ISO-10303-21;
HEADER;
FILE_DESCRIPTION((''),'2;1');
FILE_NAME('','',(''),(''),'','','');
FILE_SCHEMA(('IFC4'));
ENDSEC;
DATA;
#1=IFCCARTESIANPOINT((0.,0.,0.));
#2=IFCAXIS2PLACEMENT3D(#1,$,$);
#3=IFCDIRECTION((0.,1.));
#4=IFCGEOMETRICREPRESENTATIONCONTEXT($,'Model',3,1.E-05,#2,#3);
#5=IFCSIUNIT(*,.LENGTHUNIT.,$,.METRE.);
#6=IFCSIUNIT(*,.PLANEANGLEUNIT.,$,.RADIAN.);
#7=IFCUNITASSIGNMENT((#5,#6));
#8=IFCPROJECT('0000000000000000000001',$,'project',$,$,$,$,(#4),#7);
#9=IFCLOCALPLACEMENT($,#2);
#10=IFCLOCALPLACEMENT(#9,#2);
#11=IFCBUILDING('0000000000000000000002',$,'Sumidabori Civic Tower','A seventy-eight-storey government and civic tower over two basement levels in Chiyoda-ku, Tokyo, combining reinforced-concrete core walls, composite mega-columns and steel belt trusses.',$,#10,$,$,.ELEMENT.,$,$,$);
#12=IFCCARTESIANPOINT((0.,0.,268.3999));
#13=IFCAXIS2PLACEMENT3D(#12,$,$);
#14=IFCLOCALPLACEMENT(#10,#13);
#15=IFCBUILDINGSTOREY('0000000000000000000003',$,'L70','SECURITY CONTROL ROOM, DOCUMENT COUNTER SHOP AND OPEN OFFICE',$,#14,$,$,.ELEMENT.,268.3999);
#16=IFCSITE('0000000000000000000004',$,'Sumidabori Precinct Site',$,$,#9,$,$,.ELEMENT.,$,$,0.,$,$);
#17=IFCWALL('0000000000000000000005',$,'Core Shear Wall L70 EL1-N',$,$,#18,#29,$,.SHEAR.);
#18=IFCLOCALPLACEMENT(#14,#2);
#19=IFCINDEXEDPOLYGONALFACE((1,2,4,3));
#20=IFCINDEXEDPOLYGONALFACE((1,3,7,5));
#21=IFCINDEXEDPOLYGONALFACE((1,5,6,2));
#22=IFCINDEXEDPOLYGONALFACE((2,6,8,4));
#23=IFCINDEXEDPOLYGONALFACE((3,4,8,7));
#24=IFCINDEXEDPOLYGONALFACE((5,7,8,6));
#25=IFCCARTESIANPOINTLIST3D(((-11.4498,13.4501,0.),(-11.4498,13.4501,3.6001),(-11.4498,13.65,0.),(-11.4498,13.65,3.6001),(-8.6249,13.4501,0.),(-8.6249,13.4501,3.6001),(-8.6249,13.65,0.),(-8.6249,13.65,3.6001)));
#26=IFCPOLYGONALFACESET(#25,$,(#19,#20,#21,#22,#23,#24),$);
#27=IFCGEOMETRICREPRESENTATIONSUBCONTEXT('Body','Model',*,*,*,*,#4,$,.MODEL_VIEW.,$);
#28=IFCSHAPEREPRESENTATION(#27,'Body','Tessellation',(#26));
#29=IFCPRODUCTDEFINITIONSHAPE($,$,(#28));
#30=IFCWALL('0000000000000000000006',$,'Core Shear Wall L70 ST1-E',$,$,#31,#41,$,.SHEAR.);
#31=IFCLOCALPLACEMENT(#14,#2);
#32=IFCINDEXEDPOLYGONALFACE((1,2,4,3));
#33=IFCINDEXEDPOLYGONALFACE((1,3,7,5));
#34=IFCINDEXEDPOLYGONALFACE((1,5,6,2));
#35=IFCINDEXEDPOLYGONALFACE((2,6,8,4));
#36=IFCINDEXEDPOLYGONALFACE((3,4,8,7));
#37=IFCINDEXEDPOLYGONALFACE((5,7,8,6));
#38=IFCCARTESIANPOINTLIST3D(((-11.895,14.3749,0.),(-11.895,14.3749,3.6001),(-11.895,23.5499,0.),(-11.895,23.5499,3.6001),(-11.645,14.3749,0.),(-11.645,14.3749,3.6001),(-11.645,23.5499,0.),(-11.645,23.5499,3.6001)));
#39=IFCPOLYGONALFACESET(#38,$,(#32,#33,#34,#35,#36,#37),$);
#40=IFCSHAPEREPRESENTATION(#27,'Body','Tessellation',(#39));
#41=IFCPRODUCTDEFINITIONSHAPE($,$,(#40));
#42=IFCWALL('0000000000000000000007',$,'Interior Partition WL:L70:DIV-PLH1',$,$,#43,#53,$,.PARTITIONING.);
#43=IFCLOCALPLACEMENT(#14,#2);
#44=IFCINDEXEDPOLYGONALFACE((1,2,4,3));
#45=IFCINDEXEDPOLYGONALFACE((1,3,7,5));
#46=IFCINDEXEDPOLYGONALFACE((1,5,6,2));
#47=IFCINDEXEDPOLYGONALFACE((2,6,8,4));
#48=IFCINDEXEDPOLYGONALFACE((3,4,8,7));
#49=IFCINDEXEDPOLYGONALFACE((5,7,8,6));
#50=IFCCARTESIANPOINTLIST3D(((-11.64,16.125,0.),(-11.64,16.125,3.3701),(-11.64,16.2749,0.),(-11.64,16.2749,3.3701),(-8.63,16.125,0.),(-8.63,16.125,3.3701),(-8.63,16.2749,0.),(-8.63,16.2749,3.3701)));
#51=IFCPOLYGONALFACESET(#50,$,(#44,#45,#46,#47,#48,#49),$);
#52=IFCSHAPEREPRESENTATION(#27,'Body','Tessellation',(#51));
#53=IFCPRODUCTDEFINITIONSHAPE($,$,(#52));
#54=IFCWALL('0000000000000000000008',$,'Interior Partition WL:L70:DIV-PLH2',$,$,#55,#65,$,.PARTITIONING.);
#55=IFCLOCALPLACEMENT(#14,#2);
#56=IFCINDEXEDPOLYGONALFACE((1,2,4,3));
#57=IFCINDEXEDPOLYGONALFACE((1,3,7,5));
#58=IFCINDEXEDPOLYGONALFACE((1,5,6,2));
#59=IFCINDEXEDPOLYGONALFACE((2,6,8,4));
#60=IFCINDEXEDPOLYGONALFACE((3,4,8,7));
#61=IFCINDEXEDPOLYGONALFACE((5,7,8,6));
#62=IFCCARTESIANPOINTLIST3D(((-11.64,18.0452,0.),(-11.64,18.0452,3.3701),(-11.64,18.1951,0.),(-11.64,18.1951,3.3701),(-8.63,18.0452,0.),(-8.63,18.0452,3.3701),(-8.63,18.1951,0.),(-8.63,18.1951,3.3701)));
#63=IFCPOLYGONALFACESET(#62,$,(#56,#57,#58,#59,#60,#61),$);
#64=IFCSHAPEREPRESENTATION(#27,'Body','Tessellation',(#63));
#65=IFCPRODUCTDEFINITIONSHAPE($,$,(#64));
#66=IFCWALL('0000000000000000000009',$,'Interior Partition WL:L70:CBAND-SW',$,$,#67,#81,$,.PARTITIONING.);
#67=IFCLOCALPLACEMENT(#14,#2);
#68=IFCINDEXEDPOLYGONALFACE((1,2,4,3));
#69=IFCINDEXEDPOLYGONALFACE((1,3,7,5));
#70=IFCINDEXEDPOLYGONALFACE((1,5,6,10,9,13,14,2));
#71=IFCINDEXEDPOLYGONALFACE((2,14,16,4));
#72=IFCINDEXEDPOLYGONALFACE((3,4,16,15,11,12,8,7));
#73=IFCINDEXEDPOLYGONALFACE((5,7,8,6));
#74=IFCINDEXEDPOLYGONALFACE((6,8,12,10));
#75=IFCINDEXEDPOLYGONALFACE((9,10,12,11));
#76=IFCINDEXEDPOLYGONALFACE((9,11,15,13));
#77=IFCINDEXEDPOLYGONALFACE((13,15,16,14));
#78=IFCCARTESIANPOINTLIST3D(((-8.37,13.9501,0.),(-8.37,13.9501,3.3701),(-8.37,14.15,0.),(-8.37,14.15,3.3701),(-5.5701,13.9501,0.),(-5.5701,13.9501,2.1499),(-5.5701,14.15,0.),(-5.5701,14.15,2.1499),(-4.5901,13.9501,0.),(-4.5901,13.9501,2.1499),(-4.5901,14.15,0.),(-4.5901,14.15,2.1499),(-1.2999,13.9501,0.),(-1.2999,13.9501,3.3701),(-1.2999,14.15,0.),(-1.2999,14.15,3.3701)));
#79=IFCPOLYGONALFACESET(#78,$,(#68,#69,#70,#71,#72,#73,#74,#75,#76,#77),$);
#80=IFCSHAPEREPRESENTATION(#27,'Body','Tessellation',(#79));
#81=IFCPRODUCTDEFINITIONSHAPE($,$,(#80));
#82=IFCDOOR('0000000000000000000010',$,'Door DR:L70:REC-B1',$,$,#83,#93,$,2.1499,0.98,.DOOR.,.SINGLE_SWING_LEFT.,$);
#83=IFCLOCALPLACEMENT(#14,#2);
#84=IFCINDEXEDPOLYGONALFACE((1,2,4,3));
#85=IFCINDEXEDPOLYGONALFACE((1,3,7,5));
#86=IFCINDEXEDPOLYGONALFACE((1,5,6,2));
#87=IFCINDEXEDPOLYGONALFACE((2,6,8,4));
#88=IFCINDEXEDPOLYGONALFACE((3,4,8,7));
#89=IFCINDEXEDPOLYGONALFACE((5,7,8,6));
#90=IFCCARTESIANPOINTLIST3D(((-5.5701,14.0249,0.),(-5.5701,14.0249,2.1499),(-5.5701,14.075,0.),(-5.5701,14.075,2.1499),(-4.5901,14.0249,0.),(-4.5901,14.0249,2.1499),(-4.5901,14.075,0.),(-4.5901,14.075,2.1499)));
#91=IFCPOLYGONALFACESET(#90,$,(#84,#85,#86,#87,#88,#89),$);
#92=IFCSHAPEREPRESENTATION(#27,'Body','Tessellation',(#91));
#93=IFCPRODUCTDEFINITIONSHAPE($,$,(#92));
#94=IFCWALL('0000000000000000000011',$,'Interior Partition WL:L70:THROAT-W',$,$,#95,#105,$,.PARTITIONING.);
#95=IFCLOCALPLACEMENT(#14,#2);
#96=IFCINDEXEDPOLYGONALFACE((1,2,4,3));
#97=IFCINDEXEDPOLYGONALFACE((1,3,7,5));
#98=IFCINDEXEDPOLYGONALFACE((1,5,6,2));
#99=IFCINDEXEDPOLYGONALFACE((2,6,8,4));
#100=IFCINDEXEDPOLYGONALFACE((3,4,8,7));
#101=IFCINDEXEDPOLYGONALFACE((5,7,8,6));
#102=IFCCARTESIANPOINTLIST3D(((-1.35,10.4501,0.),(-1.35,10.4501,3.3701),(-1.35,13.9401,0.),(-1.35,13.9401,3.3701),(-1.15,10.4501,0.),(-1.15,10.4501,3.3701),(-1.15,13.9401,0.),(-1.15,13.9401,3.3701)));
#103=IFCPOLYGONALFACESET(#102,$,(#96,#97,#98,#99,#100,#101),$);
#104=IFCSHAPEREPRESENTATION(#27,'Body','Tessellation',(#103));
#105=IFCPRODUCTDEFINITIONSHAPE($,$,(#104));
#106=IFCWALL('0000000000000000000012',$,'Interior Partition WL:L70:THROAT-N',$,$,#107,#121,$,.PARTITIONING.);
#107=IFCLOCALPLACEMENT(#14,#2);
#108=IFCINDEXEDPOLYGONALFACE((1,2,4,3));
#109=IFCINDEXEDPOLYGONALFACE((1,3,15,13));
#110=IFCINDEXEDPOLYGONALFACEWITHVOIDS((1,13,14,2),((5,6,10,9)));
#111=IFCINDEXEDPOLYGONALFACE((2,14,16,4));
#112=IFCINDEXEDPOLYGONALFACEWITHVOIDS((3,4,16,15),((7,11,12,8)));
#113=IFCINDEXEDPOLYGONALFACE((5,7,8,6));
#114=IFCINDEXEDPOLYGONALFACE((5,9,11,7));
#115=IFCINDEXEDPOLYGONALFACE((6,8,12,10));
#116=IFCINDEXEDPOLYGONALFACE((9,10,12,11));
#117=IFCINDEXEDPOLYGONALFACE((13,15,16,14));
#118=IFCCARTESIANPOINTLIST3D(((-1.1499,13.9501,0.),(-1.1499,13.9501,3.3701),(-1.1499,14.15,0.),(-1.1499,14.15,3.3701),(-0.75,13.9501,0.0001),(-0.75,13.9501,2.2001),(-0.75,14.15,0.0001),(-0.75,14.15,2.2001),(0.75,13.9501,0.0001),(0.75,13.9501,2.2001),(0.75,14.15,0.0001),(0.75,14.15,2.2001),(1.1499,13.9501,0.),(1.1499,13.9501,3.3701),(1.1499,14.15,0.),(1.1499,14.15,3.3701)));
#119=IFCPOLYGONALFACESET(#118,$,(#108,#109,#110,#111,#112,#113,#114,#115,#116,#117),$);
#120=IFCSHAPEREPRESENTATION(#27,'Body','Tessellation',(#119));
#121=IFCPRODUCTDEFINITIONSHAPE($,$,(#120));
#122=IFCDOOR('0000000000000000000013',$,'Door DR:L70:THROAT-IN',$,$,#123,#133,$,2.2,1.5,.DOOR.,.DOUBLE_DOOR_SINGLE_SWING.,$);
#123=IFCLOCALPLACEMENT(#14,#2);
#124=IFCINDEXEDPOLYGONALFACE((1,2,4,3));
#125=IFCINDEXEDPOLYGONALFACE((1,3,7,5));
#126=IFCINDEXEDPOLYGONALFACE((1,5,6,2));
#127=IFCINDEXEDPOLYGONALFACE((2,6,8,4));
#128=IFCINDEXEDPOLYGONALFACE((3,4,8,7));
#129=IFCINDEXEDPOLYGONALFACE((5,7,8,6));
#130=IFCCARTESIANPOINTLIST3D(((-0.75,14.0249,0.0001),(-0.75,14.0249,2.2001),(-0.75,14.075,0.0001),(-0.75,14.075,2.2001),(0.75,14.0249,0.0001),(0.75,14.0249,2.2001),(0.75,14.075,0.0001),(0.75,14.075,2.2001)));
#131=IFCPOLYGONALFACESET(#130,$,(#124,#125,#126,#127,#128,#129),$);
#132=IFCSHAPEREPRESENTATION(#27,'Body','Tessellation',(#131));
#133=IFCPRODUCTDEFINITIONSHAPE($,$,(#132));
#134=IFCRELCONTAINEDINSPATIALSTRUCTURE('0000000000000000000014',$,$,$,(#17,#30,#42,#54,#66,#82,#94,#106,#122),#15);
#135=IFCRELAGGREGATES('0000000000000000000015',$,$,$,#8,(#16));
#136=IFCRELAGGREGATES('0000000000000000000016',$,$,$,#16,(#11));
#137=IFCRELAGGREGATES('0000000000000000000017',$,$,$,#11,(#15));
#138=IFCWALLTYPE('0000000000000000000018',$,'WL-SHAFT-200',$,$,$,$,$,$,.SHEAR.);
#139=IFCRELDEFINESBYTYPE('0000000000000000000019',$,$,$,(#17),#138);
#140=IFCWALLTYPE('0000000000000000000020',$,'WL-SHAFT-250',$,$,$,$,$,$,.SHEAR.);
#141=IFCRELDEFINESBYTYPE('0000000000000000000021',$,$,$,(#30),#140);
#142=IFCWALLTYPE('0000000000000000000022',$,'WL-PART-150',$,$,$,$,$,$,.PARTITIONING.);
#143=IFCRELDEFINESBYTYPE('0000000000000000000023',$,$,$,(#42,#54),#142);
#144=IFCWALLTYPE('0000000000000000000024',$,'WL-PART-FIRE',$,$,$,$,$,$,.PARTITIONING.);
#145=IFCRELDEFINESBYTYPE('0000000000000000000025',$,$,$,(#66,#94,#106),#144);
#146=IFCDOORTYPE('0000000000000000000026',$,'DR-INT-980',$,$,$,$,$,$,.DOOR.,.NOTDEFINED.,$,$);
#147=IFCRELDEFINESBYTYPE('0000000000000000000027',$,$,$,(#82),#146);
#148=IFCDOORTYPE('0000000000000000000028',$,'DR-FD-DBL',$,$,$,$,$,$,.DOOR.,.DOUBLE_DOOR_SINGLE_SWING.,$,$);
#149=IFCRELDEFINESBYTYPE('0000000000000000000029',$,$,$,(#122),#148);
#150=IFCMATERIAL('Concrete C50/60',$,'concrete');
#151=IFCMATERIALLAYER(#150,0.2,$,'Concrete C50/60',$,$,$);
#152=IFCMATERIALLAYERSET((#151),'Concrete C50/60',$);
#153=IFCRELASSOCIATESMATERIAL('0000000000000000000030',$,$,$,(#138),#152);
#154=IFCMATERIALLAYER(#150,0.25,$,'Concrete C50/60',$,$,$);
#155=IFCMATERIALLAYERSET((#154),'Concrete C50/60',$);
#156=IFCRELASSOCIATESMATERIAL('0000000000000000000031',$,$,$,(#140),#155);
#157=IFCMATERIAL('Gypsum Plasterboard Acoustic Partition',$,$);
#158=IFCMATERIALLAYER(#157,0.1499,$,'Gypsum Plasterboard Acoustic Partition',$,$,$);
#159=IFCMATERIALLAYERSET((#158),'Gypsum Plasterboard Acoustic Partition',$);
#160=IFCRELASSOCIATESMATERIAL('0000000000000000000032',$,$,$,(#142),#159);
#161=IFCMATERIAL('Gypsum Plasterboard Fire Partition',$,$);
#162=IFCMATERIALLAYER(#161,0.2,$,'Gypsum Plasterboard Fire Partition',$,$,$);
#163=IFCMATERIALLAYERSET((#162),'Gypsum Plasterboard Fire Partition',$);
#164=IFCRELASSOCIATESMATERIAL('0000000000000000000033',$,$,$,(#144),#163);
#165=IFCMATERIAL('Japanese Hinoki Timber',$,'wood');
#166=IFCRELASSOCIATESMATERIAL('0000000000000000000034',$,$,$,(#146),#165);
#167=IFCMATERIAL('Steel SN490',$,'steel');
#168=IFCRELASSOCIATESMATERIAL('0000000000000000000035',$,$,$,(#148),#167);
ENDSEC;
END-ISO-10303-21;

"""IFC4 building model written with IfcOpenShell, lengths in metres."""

from ifc_helpers import new_model, si_unit, direction, frame, frame_2d, origin, place, context, subcontext, project, spatial, rectangle, extrude, source, transform, mapped, material, layer, layer_set, type_object, element, fill, save


model = new_model("IFC4")

# Units and contexts
model_context = context("Model", 3, precision=1e-05, world=origin(), true_north=direction((0.0, 1.0)))
body_context = subcontext(model_context, "Body", "Model", "MODEL_VIEW")
ifc_project = project(units=[si_unit("LENGTHUNIT", "METRE"), si_unit("PLANEANGLEUNIT", "RADIAN")], contexts=[model_context])

# Site, building, storey
site_placement = place(None, origin())
site = spatial("IfcSite", under=ifc_project, at=site_placement, Name="Sumidabori Precinct Site", CompositionType="ELEMENT", RefElevation=0.0)
building_placement = place(site_placement, origin())
building = spatial("IfcBuilding", under=site, at=building_placement, Name="Sumidabori Civic Tower", Description="A seventy-eight-storey government and civic tower over two basement levels in Chiyoda-ku, Tokyo, combining reinforced-concrete core walls, composite mega-columns and steel belt trusses.", CompositionType="ELEMENT")
storey_placement = place(building_placement, frame((0.0, 0.0, 268.3999)))
storey = spatial("IfcBuildingStorey", under=building, at=storey_placement, Name="L70", Description="SECURITY CONTROL ROOM, DOCUMENT COUNTER SHOP AND OPEN OFFICE", CompositionType="ELEMENT", Elevation=268.3999)

# Wall
ifc_material_1 = material(Name="Concrete C50/60", Category="concrete")
ifc_layer_1 = layer(ifc_material_1, 0.2, Name="Concrete C50/60")
ifc_layer_set_1 = layer_set([ifc_layer_1], Name="Concrete C50/60")
wall_type_1 = type_object("IfcWallType", Name="WL-SHAFT-200", PredefinedType="SHEAR", material=ifc_layer_set_1)
shared_shape_1 = source(origin(), body_context, "Body", "SweptSolid", [
    extrude(rectangle(XDim=2.825, YDim=0.2, at=frame_2d((1.4126, 0.0))), origin(), (0.0, 0.0, 1.0), 3.6001),
])
wall_1_placement = place(storey_placement, frame((-11.45, 13.55, 0.0), z_axis=(0.0, 0.0, 1.0), x_axis=(1.0, 0.0, 0.0)))
element("IfcWall", 1, at=wall_1_placement, inside=storey, type_object=wall_type_1, Name="Core Shear Wall L70 EL1-N", PredefinedType="SHEAR", context=body_context, shape_type="MappedRepresentation", body=[
    mapped(shared_shape_1, transform((0.0, 0.0, 0.0), x_axis=(1.0, 0.0, 0.0), y_axis=(0.0, 1.0, 0.0), z_axis=(0.0, 0.0, 1.0), scale=1.0)),
])

# Shared definitions
ifc_layer_2 = layer(ifc_material_1, 0.25, Name="Concrete C50/60")
ifc_layer_set_2 = layer_set([ifc_layer_2], Name="Concrete C50/60")
wall_type_2 = type_object("IfcWallType", Name="WL-SHAFT-250", PredefinedType="SHEAR", material=ifc_layer_set_2)

# Wall
shared_shape_2 = source(origin(), body_context, "Body", "SweptSolid", [
    extrude(rectangle(XDim=9.175, YDim=0.25, at=frame_2d((4.5874, 0.0))), origin(), (0.0, 0.0, 1.0), 3.6001),
])
wall_2_placement = place(storey_placement, frame((-11.77, 14.375, 0.0), z_axis=(0.0, 0.0, 1.0), x_axis=(0.0, 1.0, 0.0)))
element("IfcWall", 2, at=wall_2_placement, inside=storey, type_object=wall_type_2, Name="Core Shear Wall L70 ST1-E", PredefinedType="SHEAR", context=body_context, shape_type="MappedRepresentation", body=[
    mapped(shared_shape_2, transform((0.0, 0.0, 0.0), x_axis=(1.0, 0.0, 0.0), y_axis=(0.0, 1.0, 0.0), z_axis=(0.0, 0.0, 1.0), scale=1.0)),
])

# Walls
ifc_material_2 = material(Name="Gypsum Plasterboard Acoustic Partition")
ifc_layer_3 = layer(ifc_material_2, 0.1499, Name="Gypsum Plasterboard Acoustic Partition")
ifc_layer_set_3 = layer_set([ifc_layer_3], Name="Gypsum Plasterboard Acoustic Partition")
wall_type_3 = type_object("IfcWallType", Name="WL-PART-150", PredefinedType="PARTITIONING", material=ifc_layer_set_3)
shared_shape_3 = source(origin(), body_context, "Body", "SweptSolid", [
    extrude(rectangle(XDim=3.01, YDim=0.1499, at=frame_2d((1.5049, 0.0))), origin(), (0.0, 0.0, 1.0), 3.3701),
])
for number, where, z_axis, x_axis, name in (
    (3, (-11.6399, 16.2, 0.0), (0.0, 0.0, 1.0), (1.0, 0.0, 0.0), "Interior Partition WL:L70:DIV-PLH1"),
    (4, (-11.6399, 18.1201, 0.0), (0.0, 0.0, 1.0), (1.0, 0.0, 0.0), "Interior Partition WL:L70:DIV-PLH2"),
):
    element("IfcWall", number, at=place(storey_placement, frame(where, z_axis=z_axis, x_axis=x_axis)), inside=storey, type_object=wall_type_3, Name=name, PredefinedType="PARTITIONING", context=body_context, shape_type="MappedRepresentation", body=[
        mapped(shared_shape_3, transform((0.0, 0.0, 0.0), x_axis=(1.0, 0.0, 0.0), y_axis=(0.0, 1.0, 0.0), z_axis=(0.0, 0.0, 1.0), scale=1.0)),
    ])

# Wall, opening, door
ifc_material_3 = material(Name="Gypsum Plasterboard Fire Partition")
ifc_layer_4 = layer(ifc_material_3, 0.2, Name="Gypsum Plasterboard Fire Partition")
ifc_layer_set_4 = layer_set([ifc_layer_4], Name="Gypsum Plasterboard Fire Partition")
wall_type_4 = type_object("IfcWallType", Name="WL-PART-FIRE", PredefinedType="PARTITIONING", material=ifc_layer_set_4)
shared_shape_4 = source(origin(), body_context, "Body", "SweptSolid", [
    extrude(rectangle(XDim=7.0701, YDim=0.2, at=frame_2d((3.5352, 0.0))), origin(), (0.0, 0.0, 1.0), 3.3701),
])
wall_3_placement = place(storey_placement, frame((-8.3701, 14.05, 0.0), z_axis=(0.0, 0.0, 1.0), x_axis=(1.0, 0.0, 0.0)))
wall_3 = element("IfcWall", 5, at=wall_3_placement, inside=storey, type_object=wall_type_4, Name="Interior Partition WL:L70:CBAND-SW", PredefinedType="PARTITIONING", context=body_context, shape_type="MappedRepresentation", body=[
    mapped(shared_shape_4, transform((0.0, 0.0, 0.0), x_axis=(1.0, 0.0, 0.0), y_axis=(0.0, 1.0, 0.0), z_axis=(0.0, 0.0, 1.0), scale=1.0)),
])
opening_1_placement = place(wall_3_placement, frame((2.8, 0.0, 0.0)))
opening_1 = element("IfcOpeningElement", 6, at=opening_1_placement, cuts=wall_3, PredefinedType="OPENING", context=body_context, shape_type="SweptSolid", body=[
    extrude(rectangle(XDim=0.98, YDim=2.1499, at=frame_2d((0.49, 1.075))), frame((0.0, 0.1118, 0.0), z_axis=(0.0, -1.0, 0.0), x_axis=(1.0, 0.0, 0.0)), (0.0, 0.0, 1.0), 0.2239),
])
ifc_material_4 = material(Name="Japanese Hinoki Timber", Category="wood")
door_type_1 = type_object("IfcDoorType", Name="DR-INT-980", OperationType="NOTDEFINED", PredefinedType="DOOR", material=ifc_material_4)
shared_shape_5 = source(origin(), body_context, "Body", "SweptSolid", [
    extrude(rectangle(XDim=0.98, YDim=2.1499, at=frame_2d((0.49, 1.075))), frame((0.0, 0.0249, 0.0), z_axis=(0.0, -1.0, 0.0), x_axis=(1.0, 0.0, 0.0)), (0.0, 0.0, 1.0), 0.05),
])
door_1_placement = place(opening_1_placement, origin())
door_1 = element("IfcDoor", 7, at=door_1_placement, inside=storey, type_object=door_type_1, Name="Door DR:L70:REC-B1", OperationType="SINGLE_SWING_LEFT", OverallHeight=2.1499, OverallWidth=0.98, PredefinedType="DOOR", context=body_context, shape_type="MappedRepresentation", body=[
    mapped(shared_shape_5, transform((0.0, 0.0, 0.0), x_axis=(1.0, 0.0, 0.0), y_axis=(0.0, 1.0, 0.0), z_axis=(0.0, 0.0, 1.0), scale=1.0)),
])
fill(opening_1, door_1)

# Wall
shared_shape_6 = source(origin(), body_context, "Body", "SweptSolid", [
    extrude(rectangle(XDim=3.49, YDim=0.2, at=frame_2d((1.7451, 0.0))), origin(), (0.0, 0.0, 1.0), 3.3701),
])
wall_4_placement = place(storey_placement, frame((-1.25, 10.45, 0.0), z_axis=(0.0, 0.0, 1.0), x_axis=(0.0, 1.0, 0.0)))
element("IfcWall", 8, at=wall_4_placement, inside=storey, type_object=wall_type_4, Name="Interior Partition WL:L70:THROAT-W", PredefinedType="PARTITIONING", context=body_context, shape_type="MappedRepresentation", body=[
    mapped(shared_shape_6, transform((0.0, 0.0, 0.0), x_axis=(1.0, 0.0, 0.0), y_axis=(0.0, 1.0, 0.0), z_axis=(0.0, 0.0, 1.0), scale=1.0)),
])

# Wall, opening, door
shared_shape_7 = source(origin(), body_context, "Body", "SweptSolid", [
    extrude(rectangle(XDim=2.2998, YDim=0.2, at=frame_2d((1.1499, 0.0))), origin(), (0.0, 0.0, 1.0), 3.3701),
])
wall_5_placement = place(storey_placement, frame((-1.1499, 14.05, 0.0), z_axis=(0.0, 0.0, 1.0), x_axis=(1.0, 0.0, 0.0)))
wall_5 = element("IfcWall", 9, at=wall_5_placement, inside=storey, type_object=wall_type_4, Name="Interior Partition WL:L70:THROAT-N", PredefinedType="PARTITIONING", context=body_context, shape_type="MappedRepresentation", body=[
    mapped(shared_shape_7, transform((0.0, 0.0, 0.0), x_axis=(1.0, 0.0, 0.0), y_axis=(0.0, 1.0, 0.0), z_axis=(0.0, 0.0, 1.0), scale=1.0)),
])
opening_2_placement = place(wall_5_placement, frame((0.3999, 0.0, 0.0)))
opening_2 = element("IfcOpeningElement", 10, at=opening_2_placement, cuts=wall_5, PredefinedType="OPENING", context=body_context, shape_type="SweptSolid", body=[
    extrude(rectangle(XDim=1.5, YDim=2.2, at=frame_2d((0.75, 1.1001))), frame((0.0, 0.1118, 0.0), z_axis=(0.0, -1.0, 0.0), x_axis=(1.0, 0.0, 0.0)), (0.0, 0.0, 1.0), 0.2239),
])
ifc_material_5 = material(Name="Steel SN490", Category="steel")
door_type_2 = type_object("IfcDoorType", Name="DR-FD-DBL", OperationType="DOUBLE_DOOR_SINGLE_SWING", PredefinedType="DOOR", material=ifc_material_5)
shared_shape_8 = source(origin(), body_context, "Body", "SweptSolid", [
    extrude(rectangle(XDim=1.5, YDim=2.2, at=frame_2d((0.75, 1.1001))), frame((0.0, 0.0249, 0.0), z_axis=(0.0, -1.0, 0.0), x_axis=(1.0, 0.0, 0.0)), (0.0, 0.0, 1.0), 0.05),
])
door_2_placement = place(opening_2_placement, origin())
door_2 = element("IfcDoor", 11, at=door_2_placement, inside=storey, type_object=door_type_2, Name="Door DR:L70:THROAT-IN", OperationType="DOUBLE_DOOR_SINGLE_SWING", OverallHeight=2.2, OverallWidth=1.5, PredefinedType="DOOR", context=body_context, shape_type="MappedRepresentation", body=[
    mapped(shared_shape_8, transform((0.0, 0.0, 0.0), x_axis=(1.0, 0.0, 0.0), y_axis=(0.0, 1.0, 0.0), z_axis=(0.0, 0.0, 1.0), scale=1.0)),
])
fill(opening_2, door_2)

save(model, "model.ifc")
